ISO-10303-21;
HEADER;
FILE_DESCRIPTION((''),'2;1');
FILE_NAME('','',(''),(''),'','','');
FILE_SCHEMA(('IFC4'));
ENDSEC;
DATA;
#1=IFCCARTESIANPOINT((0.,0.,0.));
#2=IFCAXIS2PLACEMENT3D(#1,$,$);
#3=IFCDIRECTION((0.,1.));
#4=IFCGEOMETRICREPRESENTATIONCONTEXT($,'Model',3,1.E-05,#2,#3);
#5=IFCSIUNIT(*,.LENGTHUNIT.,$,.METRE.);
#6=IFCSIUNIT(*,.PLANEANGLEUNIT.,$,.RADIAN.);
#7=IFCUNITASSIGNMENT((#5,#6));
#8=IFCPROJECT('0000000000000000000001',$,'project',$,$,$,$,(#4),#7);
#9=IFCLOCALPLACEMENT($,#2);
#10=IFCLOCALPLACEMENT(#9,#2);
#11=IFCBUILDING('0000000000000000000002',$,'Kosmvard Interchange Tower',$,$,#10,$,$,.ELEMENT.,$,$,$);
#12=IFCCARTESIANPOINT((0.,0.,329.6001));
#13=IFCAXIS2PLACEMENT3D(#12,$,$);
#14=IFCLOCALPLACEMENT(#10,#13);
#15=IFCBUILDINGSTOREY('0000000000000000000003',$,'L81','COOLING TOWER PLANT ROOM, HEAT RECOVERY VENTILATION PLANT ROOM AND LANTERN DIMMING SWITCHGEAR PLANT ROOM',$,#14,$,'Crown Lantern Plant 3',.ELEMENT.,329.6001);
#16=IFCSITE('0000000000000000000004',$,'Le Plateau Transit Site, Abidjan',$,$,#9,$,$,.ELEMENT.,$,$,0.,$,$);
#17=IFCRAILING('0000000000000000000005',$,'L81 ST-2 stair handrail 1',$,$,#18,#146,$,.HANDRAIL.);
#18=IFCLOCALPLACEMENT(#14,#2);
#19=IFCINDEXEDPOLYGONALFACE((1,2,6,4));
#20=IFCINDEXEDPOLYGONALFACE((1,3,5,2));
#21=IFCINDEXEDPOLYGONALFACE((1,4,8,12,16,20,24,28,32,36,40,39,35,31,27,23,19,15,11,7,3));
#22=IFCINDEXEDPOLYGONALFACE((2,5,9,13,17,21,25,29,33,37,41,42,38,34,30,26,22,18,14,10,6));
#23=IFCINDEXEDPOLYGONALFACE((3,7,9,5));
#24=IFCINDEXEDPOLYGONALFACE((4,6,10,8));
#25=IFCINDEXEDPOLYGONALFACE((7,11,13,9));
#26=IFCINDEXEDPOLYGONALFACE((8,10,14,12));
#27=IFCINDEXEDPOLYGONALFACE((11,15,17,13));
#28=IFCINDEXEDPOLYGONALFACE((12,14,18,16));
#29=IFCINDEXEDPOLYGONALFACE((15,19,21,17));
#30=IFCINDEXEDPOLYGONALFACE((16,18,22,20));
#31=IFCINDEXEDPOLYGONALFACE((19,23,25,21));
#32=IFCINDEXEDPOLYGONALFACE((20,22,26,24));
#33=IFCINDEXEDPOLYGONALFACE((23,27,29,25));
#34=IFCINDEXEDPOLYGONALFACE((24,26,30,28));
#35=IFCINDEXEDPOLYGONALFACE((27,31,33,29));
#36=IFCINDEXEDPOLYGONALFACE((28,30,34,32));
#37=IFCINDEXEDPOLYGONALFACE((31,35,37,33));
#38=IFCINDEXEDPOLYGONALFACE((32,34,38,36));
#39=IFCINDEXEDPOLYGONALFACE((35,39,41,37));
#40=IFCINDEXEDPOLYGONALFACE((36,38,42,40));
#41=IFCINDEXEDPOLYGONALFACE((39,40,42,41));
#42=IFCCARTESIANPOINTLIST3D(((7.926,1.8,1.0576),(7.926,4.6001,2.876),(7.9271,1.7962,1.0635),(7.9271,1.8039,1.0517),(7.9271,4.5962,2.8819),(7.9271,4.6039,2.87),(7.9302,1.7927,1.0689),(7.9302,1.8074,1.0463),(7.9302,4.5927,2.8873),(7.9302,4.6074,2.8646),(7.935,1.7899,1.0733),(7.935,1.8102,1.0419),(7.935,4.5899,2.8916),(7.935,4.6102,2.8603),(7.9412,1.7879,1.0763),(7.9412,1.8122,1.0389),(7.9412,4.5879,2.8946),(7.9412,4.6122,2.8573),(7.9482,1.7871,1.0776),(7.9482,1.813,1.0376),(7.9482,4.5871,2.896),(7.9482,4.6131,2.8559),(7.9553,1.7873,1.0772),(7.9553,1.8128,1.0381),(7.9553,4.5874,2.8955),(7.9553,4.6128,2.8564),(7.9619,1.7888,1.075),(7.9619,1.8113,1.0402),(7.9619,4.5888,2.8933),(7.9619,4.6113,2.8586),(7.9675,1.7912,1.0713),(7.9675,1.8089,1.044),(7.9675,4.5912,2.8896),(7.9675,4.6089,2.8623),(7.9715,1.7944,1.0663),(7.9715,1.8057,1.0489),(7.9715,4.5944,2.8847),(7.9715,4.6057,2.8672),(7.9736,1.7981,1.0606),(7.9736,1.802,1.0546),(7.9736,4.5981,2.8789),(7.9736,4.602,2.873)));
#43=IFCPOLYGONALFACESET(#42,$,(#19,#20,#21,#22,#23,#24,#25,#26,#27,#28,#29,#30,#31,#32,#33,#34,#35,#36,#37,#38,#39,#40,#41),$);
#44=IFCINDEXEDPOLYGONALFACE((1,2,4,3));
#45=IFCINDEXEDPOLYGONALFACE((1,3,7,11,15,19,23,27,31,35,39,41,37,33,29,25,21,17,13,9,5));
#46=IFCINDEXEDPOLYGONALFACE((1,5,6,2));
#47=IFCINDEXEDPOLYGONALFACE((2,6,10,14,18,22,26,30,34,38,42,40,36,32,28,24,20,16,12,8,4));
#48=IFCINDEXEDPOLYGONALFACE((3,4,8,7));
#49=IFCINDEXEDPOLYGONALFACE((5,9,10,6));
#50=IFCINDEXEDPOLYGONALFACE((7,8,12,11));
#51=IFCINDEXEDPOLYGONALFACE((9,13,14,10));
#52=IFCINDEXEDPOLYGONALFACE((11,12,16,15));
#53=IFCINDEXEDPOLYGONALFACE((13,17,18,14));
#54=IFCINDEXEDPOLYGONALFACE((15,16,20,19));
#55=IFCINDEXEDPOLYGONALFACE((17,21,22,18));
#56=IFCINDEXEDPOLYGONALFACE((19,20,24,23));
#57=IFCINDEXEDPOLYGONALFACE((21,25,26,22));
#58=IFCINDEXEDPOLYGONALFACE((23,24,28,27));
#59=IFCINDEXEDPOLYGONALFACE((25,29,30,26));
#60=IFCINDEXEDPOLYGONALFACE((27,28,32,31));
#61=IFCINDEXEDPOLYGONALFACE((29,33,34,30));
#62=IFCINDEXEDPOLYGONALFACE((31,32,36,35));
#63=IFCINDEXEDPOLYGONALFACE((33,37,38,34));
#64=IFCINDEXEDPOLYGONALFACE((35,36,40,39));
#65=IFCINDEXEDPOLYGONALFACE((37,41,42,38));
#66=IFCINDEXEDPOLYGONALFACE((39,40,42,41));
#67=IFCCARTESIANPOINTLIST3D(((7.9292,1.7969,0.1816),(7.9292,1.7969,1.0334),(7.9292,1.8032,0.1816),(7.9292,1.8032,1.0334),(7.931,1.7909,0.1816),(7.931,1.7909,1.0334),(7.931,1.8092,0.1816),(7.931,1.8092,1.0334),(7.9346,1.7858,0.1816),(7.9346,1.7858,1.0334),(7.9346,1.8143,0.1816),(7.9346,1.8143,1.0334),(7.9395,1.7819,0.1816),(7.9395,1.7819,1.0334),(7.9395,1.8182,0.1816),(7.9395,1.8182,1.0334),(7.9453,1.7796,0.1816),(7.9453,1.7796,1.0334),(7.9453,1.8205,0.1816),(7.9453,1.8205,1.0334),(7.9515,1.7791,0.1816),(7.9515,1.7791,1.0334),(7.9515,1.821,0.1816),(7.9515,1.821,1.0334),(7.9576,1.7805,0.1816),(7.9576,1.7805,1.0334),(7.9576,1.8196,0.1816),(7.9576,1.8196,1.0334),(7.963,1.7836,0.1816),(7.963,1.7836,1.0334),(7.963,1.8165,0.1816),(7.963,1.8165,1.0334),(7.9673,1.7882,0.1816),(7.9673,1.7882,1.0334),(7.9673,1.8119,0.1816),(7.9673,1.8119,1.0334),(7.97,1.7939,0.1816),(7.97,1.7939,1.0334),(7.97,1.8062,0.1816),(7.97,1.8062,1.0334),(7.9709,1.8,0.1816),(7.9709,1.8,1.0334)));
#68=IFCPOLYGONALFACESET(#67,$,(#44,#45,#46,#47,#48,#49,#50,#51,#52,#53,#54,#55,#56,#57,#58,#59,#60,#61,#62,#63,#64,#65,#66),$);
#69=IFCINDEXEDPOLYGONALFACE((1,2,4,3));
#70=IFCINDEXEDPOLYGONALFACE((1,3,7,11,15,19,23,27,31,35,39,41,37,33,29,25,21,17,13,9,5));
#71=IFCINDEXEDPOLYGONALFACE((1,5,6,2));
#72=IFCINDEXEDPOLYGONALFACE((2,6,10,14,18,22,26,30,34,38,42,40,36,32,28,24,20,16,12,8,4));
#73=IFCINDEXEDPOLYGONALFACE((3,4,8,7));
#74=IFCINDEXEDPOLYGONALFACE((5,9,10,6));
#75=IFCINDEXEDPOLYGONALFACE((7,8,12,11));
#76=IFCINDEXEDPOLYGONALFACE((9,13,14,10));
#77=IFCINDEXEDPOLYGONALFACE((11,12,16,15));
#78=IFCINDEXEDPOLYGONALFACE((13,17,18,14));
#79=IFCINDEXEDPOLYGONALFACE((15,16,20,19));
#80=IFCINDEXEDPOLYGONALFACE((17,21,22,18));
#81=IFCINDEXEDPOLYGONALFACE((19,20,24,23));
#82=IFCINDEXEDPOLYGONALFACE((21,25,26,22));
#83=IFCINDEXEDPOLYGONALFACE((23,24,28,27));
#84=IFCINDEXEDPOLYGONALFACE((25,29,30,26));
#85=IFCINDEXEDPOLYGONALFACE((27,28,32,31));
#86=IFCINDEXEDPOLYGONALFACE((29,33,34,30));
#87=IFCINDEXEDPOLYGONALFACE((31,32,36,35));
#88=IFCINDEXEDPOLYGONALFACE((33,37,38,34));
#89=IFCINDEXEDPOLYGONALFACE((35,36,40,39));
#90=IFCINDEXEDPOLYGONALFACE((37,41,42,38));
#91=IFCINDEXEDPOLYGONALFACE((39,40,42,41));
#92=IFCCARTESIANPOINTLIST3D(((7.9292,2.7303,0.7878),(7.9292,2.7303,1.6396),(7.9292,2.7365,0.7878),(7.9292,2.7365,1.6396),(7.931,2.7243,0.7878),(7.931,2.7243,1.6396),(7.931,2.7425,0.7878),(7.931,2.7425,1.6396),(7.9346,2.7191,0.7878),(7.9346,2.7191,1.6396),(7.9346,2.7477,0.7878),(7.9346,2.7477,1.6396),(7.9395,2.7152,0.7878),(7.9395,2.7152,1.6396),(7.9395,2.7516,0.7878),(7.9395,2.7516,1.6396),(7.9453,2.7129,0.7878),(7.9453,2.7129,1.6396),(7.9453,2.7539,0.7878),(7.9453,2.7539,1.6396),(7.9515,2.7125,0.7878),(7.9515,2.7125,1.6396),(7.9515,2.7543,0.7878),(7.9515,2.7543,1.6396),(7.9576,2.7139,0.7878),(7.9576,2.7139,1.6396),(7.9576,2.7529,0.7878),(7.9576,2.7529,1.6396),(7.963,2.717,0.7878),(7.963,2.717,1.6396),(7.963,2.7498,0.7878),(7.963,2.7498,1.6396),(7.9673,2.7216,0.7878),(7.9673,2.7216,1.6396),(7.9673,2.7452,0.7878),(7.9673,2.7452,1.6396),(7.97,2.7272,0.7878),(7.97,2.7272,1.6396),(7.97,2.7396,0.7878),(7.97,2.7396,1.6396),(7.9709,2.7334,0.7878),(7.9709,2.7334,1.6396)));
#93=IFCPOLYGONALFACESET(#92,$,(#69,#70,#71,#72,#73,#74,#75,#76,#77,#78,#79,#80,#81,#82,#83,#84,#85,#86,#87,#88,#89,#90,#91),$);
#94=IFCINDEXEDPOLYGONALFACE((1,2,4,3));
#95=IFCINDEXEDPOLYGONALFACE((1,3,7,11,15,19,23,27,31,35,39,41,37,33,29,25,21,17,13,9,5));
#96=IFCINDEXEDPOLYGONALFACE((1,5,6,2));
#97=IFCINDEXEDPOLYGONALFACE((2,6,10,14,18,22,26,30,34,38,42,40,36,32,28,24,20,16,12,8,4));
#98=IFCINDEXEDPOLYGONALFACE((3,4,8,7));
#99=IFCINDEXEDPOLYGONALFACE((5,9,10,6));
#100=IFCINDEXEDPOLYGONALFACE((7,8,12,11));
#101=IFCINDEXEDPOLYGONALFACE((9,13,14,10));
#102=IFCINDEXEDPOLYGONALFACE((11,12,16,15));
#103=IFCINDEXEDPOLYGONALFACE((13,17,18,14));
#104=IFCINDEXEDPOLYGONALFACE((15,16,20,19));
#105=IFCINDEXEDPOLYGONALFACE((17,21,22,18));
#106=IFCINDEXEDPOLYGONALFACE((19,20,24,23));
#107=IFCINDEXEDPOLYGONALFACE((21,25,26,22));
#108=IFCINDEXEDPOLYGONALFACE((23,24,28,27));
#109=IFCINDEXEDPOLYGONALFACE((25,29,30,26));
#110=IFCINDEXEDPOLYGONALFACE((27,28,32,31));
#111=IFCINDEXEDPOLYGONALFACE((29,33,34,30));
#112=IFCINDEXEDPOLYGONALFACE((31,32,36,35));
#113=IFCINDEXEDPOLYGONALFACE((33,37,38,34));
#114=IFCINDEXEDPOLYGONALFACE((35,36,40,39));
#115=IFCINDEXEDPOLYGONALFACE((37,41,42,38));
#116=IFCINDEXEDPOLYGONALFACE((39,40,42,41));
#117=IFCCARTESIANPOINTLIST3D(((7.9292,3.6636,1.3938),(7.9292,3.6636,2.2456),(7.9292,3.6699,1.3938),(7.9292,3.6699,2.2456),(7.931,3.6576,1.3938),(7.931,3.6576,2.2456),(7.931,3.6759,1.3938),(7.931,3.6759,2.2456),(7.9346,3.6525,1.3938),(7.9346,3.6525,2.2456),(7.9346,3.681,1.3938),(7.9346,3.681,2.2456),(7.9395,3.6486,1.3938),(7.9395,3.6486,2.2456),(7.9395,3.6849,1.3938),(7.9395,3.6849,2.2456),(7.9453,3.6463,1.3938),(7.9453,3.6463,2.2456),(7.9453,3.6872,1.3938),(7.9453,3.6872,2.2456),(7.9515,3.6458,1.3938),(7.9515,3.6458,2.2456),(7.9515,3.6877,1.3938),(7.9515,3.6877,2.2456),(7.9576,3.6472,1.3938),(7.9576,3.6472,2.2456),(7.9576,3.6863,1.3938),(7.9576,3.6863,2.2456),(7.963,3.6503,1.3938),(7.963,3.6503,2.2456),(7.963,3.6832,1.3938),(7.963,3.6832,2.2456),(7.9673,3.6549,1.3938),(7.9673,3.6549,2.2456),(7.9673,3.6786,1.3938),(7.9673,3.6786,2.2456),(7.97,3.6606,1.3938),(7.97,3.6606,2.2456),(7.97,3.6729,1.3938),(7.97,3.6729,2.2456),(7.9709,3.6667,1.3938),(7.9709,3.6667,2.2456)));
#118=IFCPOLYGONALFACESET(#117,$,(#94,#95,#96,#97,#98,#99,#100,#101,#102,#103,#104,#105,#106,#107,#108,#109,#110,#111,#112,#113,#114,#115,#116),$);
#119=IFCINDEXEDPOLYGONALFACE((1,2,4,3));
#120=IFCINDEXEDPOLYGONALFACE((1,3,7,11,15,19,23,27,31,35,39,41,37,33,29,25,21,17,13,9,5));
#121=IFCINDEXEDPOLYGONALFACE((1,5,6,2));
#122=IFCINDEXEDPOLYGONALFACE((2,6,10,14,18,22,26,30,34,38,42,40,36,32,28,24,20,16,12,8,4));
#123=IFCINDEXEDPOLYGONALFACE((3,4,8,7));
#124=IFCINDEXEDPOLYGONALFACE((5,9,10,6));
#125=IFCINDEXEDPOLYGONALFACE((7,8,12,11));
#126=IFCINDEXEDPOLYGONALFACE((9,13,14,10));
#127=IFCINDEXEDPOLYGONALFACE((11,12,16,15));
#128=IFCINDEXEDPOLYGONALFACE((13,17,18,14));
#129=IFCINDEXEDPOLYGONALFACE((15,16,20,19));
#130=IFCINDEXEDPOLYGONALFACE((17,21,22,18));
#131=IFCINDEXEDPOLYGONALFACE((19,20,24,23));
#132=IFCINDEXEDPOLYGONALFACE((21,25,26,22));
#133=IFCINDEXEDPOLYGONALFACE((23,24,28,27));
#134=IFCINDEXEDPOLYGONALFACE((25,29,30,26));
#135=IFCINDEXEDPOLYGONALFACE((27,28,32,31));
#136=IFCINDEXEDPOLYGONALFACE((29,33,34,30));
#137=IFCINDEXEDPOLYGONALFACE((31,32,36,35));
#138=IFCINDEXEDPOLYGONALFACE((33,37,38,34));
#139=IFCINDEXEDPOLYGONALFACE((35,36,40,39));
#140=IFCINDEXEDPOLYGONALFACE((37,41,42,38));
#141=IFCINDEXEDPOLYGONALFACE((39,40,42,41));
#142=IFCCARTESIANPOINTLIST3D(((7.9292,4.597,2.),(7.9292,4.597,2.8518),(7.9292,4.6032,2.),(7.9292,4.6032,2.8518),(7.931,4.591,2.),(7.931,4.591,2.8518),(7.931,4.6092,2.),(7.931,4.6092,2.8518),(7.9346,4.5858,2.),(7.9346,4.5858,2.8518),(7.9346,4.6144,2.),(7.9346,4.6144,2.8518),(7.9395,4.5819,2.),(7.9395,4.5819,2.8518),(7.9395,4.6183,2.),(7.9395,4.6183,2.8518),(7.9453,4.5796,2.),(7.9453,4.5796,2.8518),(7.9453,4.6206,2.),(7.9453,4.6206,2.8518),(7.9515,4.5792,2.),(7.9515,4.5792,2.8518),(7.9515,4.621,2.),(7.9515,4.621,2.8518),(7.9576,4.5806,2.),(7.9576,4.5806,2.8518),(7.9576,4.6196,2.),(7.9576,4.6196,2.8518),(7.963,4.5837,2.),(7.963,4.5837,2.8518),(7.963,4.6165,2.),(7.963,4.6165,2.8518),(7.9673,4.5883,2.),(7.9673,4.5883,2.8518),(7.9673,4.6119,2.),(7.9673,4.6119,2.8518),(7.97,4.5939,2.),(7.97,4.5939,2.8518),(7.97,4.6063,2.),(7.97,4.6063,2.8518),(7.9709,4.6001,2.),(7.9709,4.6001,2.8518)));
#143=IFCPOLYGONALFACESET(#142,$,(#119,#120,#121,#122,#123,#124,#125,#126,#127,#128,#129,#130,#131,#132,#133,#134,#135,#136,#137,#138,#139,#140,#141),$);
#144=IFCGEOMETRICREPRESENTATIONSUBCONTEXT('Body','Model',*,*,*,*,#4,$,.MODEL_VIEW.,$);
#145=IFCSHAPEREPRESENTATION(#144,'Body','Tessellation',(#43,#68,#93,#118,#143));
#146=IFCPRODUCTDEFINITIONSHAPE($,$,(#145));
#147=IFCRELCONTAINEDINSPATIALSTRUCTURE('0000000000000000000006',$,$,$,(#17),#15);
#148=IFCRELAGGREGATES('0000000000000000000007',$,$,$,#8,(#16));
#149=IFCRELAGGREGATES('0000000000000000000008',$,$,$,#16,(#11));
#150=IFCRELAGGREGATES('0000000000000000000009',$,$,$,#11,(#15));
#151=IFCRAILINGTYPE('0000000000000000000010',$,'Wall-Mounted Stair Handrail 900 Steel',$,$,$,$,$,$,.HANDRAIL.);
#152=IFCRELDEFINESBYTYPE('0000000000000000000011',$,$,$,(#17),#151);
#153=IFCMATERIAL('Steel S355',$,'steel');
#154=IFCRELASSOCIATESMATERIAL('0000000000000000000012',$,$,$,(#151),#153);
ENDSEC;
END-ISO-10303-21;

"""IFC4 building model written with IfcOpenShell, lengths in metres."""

from ifc_helpers import new_model, si_unit, direction, frame, origin, origin_2d, place, context, subcontext, project, spatial, circle, extrude, source, transform, mapped, material, type_object, element, save


model = new_model("IFC4")

# Units and contexts
model_context = context("Model", 3, precision=1e-05, world=origin(), true_north=direction((0.0, 1.0)))
body_context = subcontext(model_context, "Body", "Model", "MODEL_VIEW")
ifc_project = project(units=[si_unit("LENGTHUNIT", "METRE"), si_unit("PLANEANGLEUNIT", "RADIAN")], contexts=[model_context])

# Site, building, storey
site_placement = place(None, origin())
site = spatial("IfcSite", under=ifc_project, at=site_placement, Name="Le Plateau Transit Site, Abidjan", CompositionType="ELEMENT", RefElevation=0.0)
building_placement = place(site_placement, origin())
building = spatial("IfcBuilding", under=site, at=building_placement, Name="Kosmvard Interchange Tower", CompositionType="ELEMENT")
storey_placement = place(building_placement, frame((0.0, 0.0, 329.6001)))
storey = spatial("IfcBuildingStorey", under=building, at=storey_placement, Name="L81", Description="COOLING TOWER PLANT ROOM, HEAT RECOVERY VENTILATION PLANT ROOM AND LANTERN DIMMING SWITCHGEAR PLANT ROOM", LongName="Crown Lantern Plant 3", CompositionType="ELEMENT", Elevation=329.6001)

# Shared definitions
ifc_material_1 = material(Name="Steel S355", Category="steel")

# Railing
railing_type_1 = type_object("IfcRailingType", Name="Wall-Mounted Stair Handrail 900 Steel", PredefinedType="HANDRAIL", material=ifc_material_1)
shared_shape_1 = source(origin(), body_context, "Body", "SweptSolid", [
    extrude(circle(Radius=0.0239, at=origin_2d()), frame((0.0, 0.0, 0.876), z_axis=(0.0, 0.838672, 0.544636), x_axis=(-1.0, 0.0, 0.0)), (0.0, 0.0, 1.0), 3.3386),
    extrude(circle(Radius=0.021, at=origin_2d()), origin(), (0.0, 0.0, 1.0), 0.8518),
    extrude(circle(Radius=0.021, at=origin_2d()), frame((0.0, 0.9333, 0.6062)), (0.0, 0.0, 1.0), 0.8518),
    extrude(circle(Radius=0.021, at=origin_2d()), frame((0.0, 1.8667, 1.2122)), (0.0, 0.0, 1.0), 0.8518),
    extrude(circle(Radius=0.021, at=origin_2d()), frame((0.0, 2.8, 1.8184)), (0.0, 0.0, 1.0), 0.8518),
])
railing_1_placement = place(storey_placement, frame((7.95, 1.8, 0.1816)))
element("IfcRailing", 1, at=railing_1_placement, inside=storey, type_object=railing_type_1, Name="L81 ST-2 stair handrail 1", PredefinedType="HANDRAIL", context=body_context, shape_type="MappedRepresentation", body=[
    mapped(shared_shape_1, transform((0.0, 0.0, 0.0), scale=1.0)),
])

save(model, "model.ifc")
